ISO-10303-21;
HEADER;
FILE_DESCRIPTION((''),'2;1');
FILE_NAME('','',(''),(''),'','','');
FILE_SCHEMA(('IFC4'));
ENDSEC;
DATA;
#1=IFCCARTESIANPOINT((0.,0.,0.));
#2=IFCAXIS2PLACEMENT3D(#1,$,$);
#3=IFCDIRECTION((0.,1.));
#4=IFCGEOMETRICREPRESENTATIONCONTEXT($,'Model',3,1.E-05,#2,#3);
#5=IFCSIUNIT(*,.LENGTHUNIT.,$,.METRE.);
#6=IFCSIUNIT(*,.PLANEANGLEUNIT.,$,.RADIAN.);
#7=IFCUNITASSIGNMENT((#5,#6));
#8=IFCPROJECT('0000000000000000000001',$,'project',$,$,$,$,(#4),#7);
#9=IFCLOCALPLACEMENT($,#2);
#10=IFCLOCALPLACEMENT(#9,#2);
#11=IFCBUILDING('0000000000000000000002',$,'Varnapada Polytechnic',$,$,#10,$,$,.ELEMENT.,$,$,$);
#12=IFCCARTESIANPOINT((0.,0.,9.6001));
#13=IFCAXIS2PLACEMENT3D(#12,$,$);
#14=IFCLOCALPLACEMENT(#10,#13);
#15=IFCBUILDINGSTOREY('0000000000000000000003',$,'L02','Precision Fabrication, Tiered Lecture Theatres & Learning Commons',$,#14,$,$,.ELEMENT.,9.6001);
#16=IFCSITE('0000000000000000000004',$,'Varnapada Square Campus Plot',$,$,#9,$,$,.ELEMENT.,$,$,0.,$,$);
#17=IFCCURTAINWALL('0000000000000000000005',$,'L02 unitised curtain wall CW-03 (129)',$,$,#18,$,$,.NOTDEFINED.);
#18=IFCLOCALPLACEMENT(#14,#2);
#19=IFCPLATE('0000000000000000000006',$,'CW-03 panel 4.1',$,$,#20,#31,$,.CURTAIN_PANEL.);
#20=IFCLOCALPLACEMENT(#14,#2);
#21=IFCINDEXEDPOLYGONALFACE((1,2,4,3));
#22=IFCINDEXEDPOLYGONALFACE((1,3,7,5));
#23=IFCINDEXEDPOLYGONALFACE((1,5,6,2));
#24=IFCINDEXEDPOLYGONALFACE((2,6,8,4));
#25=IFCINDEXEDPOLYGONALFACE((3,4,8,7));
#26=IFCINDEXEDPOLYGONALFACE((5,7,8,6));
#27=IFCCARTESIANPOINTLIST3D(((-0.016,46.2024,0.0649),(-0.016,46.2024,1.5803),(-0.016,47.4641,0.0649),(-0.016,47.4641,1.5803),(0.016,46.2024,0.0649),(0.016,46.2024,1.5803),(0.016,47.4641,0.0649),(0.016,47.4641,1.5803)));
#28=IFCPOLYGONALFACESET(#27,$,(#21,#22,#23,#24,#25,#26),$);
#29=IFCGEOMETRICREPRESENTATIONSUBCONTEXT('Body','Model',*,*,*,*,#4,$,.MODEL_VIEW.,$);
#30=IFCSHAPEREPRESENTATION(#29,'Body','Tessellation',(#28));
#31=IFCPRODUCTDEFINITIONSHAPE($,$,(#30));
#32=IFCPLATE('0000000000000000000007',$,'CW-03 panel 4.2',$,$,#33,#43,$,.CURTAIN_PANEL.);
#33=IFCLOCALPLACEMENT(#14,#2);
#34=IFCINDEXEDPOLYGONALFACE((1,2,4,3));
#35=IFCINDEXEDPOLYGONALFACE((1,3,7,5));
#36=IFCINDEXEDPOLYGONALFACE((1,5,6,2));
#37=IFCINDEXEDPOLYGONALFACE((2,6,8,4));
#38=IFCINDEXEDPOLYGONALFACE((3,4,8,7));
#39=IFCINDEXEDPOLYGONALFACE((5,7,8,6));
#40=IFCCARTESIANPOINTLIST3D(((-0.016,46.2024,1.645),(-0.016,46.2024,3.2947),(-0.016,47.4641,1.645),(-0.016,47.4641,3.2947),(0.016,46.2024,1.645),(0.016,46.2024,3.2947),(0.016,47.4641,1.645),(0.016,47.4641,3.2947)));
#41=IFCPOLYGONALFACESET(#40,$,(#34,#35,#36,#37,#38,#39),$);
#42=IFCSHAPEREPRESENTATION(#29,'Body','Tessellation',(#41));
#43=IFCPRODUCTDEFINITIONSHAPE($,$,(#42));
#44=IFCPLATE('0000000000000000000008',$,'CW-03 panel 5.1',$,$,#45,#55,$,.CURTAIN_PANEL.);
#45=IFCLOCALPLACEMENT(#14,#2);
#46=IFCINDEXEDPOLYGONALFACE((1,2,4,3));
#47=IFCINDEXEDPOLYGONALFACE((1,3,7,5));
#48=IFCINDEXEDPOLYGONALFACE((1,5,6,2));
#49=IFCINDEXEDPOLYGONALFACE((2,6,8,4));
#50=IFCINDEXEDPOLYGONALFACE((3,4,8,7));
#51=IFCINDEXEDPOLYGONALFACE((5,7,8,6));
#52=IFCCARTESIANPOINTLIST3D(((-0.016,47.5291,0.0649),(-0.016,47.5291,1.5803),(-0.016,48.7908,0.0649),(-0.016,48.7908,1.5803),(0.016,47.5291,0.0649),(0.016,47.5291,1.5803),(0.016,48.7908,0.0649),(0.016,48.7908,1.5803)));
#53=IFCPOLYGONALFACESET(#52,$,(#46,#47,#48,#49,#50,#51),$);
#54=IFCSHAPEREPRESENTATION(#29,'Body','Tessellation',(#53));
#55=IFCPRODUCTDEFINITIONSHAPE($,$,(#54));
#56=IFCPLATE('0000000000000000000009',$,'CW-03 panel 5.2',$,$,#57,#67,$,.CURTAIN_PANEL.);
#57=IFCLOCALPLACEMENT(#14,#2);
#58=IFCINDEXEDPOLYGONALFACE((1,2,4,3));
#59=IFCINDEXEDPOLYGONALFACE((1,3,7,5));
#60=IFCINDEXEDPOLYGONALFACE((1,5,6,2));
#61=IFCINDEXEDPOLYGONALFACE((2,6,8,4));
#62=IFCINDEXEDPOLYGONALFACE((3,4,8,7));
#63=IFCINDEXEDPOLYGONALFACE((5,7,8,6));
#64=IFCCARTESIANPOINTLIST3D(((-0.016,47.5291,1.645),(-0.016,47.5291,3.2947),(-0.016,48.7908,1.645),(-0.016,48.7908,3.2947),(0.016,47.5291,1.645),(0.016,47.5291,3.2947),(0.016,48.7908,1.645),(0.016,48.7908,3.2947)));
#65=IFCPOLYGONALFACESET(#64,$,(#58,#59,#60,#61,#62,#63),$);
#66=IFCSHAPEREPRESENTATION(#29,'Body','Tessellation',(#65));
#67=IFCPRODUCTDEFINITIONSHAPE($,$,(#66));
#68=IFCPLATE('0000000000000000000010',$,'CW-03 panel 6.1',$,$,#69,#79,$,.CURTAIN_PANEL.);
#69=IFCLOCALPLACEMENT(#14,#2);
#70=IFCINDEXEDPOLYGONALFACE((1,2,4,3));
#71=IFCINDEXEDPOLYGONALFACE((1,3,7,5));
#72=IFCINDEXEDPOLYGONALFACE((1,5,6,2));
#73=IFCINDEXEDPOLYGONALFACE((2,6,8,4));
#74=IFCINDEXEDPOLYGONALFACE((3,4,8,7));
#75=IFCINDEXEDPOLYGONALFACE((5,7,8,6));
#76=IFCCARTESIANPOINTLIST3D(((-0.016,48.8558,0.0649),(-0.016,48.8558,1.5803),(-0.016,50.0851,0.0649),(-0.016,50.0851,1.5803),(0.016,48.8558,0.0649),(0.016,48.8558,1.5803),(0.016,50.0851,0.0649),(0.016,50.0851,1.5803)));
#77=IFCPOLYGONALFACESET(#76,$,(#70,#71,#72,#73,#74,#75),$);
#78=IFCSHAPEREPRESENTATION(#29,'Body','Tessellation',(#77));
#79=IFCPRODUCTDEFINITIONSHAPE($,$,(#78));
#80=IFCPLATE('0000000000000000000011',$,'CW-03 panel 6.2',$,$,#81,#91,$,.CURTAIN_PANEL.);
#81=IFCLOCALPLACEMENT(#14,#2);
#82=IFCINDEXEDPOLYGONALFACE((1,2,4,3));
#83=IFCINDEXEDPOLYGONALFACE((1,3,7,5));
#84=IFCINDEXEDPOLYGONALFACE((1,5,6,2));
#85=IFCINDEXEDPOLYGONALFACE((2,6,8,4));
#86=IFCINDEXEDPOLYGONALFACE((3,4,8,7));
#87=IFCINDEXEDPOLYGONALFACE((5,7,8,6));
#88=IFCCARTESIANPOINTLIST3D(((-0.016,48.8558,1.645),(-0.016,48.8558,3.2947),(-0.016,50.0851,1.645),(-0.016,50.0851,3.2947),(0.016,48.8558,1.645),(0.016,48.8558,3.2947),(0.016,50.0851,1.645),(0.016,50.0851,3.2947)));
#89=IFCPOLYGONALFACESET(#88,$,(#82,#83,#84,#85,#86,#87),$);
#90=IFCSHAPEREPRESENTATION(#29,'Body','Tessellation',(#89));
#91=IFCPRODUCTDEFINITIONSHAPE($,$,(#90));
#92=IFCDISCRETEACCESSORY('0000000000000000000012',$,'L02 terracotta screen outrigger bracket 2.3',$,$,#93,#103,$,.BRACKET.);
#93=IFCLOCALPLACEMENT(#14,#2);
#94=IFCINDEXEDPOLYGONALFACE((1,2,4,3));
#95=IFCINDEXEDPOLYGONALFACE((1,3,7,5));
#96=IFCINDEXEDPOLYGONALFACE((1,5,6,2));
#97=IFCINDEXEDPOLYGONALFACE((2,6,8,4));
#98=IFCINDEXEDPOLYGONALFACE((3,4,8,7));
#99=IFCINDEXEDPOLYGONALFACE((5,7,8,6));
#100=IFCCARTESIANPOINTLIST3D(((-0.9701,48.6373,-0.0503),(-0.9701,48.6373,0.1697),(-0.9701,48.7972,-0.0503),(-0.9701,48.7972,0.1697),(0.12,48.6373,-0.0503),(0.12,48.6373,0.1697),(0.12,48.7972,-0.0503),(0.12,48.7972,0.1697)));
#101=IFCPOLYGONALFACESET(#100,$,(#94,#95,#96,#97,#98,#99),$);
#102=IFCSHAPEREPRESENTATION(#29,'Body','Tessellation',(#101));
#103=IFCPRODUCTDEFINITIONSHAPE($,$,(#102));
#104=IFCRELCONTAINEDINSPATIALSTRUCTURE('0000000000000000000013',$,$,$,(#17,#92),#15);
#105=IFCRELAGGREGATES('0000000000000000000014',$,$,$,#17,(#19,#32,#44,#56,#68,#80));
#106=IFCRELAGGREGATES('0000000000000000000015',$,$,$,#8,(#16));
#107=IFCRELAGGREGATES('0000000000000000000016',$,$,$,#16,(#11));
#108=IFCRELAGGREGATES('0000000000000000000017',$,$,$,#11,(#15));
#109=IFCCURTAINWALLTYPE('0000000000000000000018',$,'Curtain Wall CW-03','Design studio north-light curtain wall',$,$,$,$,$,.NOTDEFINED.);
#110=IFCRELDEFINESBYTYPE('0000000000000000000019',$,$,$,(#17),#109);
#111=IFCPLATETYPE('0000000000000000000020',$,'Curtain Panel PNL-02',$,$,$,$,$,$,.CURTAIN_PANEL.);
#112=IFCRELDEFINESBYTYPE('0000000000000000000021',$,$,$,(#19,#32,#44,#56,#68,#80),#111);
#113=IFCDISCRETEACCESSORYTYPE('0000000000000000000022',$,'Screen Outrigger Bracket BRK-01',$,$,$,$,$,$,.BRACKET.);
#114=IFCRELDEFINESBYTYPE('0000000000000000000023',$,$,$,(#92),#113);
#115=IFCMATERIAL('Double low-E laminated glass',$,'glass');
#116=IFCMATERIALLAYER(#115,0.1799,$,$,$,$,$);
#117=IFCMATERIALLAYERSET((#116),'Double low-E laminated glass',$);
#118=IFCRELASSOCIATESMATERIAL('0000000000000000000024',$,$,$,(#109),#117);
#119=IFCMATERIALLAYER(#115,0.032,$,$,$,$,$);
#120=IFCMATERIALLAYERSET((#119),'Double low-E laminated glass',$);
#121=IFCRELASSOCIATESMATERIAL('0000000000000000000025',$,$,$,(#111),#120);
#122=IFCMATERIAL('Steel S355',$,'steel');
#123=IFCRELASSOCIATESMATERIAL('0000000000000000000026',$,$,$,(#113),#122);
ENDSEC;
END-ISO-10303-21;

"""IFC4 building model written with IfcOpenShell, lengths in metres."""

from ifc_helpers import new_model, si_unit, direction, frame, origin, origin_2d, place, context, subcontext, project, spatial, rectangle, extrude, material, layer, layer_set, type_object, element, aggregate, save


model = new_model("IFC4")

# Units and contexts
model_context = context("Model", 3, precision=1e-05, world=origin(), true_north=direction((0.0, 1.0)))
body_context = subcontext(model_context, "Body", "Model", "MODEL_VIEW")
ifc_project = project(units=[si_unit("LENGTHUNIT", "METRE"), si_unit("PLANEANGLEUNIT", "RADIAN")], contexts=[model_context])

# Site, building, storey
site_placement = place(None, origin())
site = spatial("IfcSite", under=ifc_project, at=site_placement, Name="Varnapada Square Campus Plot", CompositionType="ELEMENT", RefElevation=0.0)
building_placement = place(site_placement, origin())
building = spatial("IfcBuilding", under=site, at=building_placement, Name="Varnapada Polytechnic", CompositionType="ELEMENT")
storey_placement = place(building_placement, frame((0.0, 0.0, 9.6001)))
storey = spatial("IfcBuildingStorey", under=building, at=storey_placement, Name="L02", Description="Precision Fabrication, Tiered Lecture Theatres & Learning Commons", CompositionType="ELEMENT", Elevation=9.6001)

# Curtain wall
ifc_material_1 = material(Name="Double low-E laminated glass", Category="glass")
ifc_layer_1 = layer(ifc_material_1, 0.1799)
ifc_layer_set_1 = layer_set([ifc_layer_1], Name="Double low-E laminated glass")
curtain_wall_type = type_object("IfcCurtainWallType", Name="Curtain Wall CW-03", Description="Design studio north-light curtain wall", PredefinedType="NOTDEFINED", material=ifc_layer_set_1)
curtain_wall_placement = place(storey_placement, origin())
curtain_wall = element("IfcCurtainWall", 1, at=curtain_wall_placement, inside=storey, type_object=curtain_wall_type, Name="L02 unitised curtain wall CW-03 (129)", PredefinedType="NOTDEFINED")

# Plates
ifc_layer_2 = layer(ifc_material_1, 0.032)
ifc_layer_set_2 = layer_set([ifc_layer_2], Name="Double low-E laminated glass")
plate_type = type_object("IfcPlateType", Name="Curtain Panel PNL-02", PredefinedType="CURTAIN_PANEL", material=ifc_layer_set_2)
plate_1_placement = place(storey_placement, frame((0.0, 46.8333, 0.0649), z_axis=(0.0, 0.0, 1.0), x_axis=(0.0, 1.0, 0.0)))
plate_1 = element("IfcPlate", 2, at=plate_1_placement, type_object=plate_type, Name="CW-03 panel 4.1", PredefinedType="CURTAIN_PANEL", context=body_context, shape_type="SweptSolid", body=[
    extrude(rectangle(XDim=1.2617, YDim=0.032, at=origin_2d()), origin(), (0.0, 0.0, 1.0), 1.5154),
])
plate_2_placement = place(storey_placement, frame((0.0, 46.8333, 1.645), z_axis=(0.0, 0.0, 1.0), x_axis=(0.0, 1.0, 0.0)))
plate_2 = element("IfcPlate", 3, at=plate_2_placement, type_object=plate_type, Name="CW-03 panel 4.2", PredefinedType="CURTAIN_PANEL", context=body_context, shape_type="SweptSolid", body=[
    extrude(rectangle(XDim=1.2617, YDim=0.032, at=origin_2d()), origin(), (0.0, 0.0, 1.0), 1.6497),
])
plate_3_placement = place(storey_placement, frame((0.0, 48.1599, 0.0649), z_axis=(0.0, 0.0, 1.0), x_axis=(0.0, 1.0, 0.0)))
plate_3 = element("IfcPlate", 4, at=plate_3_placement, type_object=plate_type, Name="CW-03 panel 5.1", PredefinedType="CURTAIN_PANEL", context=body_context, shape_type="SweptSolid", body=[
    extrude(rectangle(XDim=1.2617, YDim=0.032, at=origin_2d()), origin(), (0.0, 0.0, 1.0), 1.5154),
])
plate_4_placement = place(storey_placement, frame((0.0, 48.1599, 1.645), z_axis=(0.0, 0.0, 1.0), x_axis=(0.0, 1.0, 0.0)))
plate_4 = element("IfcPlate", 5, at=plate_4_placement, type_object=plate_type, Name="CW-03 panel 5.2", PredefinedType="CURTAIN_PANEL", context=body_context, shape_type="SweptSolid", body=[
    extrude(rectangle(XDim=1.2617, YDim=0.032, at=origin_2d()), origin(), (0.0, 0.0, 1.0), 1.6497),
])
plate_5_placement = place(storey_placement, frame((0.0, 49.4705, 0.0649), z_axis=(0.0, 0.0, 1.0), x_axis=(0.0, 1.0, 0.0)))
plate_5 = element("IfcPlate", 6, at=plate_5_placement, type_object=plate_type, Name="CW-03 panel 6.1", PredefinedType="CURTAIN_PANEL", context=body_context, shape_type="SweptSolid", body=[
    extrude(rectangle(XDim=1.2292, YDim=0.032, at=origin_2d()), origin(), (0.0, 0.0, 1.0), 1.5154),
])
plate_6_placement = place(storey_placement, frame((0.0, 49.4705, 1.645), z_axis=(0.0, 0.0, 1.0), x_axis=(0.0, 1.0, 0.0)))
plate_6 = element("IfcPlate", 7, at=plate_6_placement, type_object=plate_type, Name="CW-03 panel 6.2", PredefinedType="CURTAIN_PANEL", context=body_context, shape_type="SweptSolid", body=[
    extrude(rectangle(XDim=1.2292, YDim=0.032, at=origin_2d()), origin(), (0.0, 0.0, 1.0), 1.6497),
])
aggregate(curtain_wall, [plate_1, plate_2, plate_3, plate_4, plate_5, plate_6])

# Discrete accessory
ifc_material_2 = material(Name="Steel S355", Category="steel")
discrete_accessory_type = type_object("IfcDiscreteAccessoryType", Name="Screen Outrigger Bracket BRK-01", PredefinedType="BRACKET", material=ifc_material_2)
discrete_accessory_placement = place(storey_placement, frame((-0.425, 48.7173, -0.0503), z_axis=(0.0, 0.0, 1.0), x_axis=(0.0, 1.0, 0.0)))
element("IfcDiscreteAccessory", 8, at=discrete_accessory_placement, inside=storey, type_object=discrete_accessory_type, Name="L02 terracotta screen outrigger bracket 2.3", PredefinedType="BRACKET", context=body_context, shape_type="SweptSolid", body=[
    extrude(rectangle(XDim=0.1599, YDim=1.0901, at=origin_2d()), origin(), (0.0, 0.0, 1.0), 0.22),
])

save(model, "model.ifc")
